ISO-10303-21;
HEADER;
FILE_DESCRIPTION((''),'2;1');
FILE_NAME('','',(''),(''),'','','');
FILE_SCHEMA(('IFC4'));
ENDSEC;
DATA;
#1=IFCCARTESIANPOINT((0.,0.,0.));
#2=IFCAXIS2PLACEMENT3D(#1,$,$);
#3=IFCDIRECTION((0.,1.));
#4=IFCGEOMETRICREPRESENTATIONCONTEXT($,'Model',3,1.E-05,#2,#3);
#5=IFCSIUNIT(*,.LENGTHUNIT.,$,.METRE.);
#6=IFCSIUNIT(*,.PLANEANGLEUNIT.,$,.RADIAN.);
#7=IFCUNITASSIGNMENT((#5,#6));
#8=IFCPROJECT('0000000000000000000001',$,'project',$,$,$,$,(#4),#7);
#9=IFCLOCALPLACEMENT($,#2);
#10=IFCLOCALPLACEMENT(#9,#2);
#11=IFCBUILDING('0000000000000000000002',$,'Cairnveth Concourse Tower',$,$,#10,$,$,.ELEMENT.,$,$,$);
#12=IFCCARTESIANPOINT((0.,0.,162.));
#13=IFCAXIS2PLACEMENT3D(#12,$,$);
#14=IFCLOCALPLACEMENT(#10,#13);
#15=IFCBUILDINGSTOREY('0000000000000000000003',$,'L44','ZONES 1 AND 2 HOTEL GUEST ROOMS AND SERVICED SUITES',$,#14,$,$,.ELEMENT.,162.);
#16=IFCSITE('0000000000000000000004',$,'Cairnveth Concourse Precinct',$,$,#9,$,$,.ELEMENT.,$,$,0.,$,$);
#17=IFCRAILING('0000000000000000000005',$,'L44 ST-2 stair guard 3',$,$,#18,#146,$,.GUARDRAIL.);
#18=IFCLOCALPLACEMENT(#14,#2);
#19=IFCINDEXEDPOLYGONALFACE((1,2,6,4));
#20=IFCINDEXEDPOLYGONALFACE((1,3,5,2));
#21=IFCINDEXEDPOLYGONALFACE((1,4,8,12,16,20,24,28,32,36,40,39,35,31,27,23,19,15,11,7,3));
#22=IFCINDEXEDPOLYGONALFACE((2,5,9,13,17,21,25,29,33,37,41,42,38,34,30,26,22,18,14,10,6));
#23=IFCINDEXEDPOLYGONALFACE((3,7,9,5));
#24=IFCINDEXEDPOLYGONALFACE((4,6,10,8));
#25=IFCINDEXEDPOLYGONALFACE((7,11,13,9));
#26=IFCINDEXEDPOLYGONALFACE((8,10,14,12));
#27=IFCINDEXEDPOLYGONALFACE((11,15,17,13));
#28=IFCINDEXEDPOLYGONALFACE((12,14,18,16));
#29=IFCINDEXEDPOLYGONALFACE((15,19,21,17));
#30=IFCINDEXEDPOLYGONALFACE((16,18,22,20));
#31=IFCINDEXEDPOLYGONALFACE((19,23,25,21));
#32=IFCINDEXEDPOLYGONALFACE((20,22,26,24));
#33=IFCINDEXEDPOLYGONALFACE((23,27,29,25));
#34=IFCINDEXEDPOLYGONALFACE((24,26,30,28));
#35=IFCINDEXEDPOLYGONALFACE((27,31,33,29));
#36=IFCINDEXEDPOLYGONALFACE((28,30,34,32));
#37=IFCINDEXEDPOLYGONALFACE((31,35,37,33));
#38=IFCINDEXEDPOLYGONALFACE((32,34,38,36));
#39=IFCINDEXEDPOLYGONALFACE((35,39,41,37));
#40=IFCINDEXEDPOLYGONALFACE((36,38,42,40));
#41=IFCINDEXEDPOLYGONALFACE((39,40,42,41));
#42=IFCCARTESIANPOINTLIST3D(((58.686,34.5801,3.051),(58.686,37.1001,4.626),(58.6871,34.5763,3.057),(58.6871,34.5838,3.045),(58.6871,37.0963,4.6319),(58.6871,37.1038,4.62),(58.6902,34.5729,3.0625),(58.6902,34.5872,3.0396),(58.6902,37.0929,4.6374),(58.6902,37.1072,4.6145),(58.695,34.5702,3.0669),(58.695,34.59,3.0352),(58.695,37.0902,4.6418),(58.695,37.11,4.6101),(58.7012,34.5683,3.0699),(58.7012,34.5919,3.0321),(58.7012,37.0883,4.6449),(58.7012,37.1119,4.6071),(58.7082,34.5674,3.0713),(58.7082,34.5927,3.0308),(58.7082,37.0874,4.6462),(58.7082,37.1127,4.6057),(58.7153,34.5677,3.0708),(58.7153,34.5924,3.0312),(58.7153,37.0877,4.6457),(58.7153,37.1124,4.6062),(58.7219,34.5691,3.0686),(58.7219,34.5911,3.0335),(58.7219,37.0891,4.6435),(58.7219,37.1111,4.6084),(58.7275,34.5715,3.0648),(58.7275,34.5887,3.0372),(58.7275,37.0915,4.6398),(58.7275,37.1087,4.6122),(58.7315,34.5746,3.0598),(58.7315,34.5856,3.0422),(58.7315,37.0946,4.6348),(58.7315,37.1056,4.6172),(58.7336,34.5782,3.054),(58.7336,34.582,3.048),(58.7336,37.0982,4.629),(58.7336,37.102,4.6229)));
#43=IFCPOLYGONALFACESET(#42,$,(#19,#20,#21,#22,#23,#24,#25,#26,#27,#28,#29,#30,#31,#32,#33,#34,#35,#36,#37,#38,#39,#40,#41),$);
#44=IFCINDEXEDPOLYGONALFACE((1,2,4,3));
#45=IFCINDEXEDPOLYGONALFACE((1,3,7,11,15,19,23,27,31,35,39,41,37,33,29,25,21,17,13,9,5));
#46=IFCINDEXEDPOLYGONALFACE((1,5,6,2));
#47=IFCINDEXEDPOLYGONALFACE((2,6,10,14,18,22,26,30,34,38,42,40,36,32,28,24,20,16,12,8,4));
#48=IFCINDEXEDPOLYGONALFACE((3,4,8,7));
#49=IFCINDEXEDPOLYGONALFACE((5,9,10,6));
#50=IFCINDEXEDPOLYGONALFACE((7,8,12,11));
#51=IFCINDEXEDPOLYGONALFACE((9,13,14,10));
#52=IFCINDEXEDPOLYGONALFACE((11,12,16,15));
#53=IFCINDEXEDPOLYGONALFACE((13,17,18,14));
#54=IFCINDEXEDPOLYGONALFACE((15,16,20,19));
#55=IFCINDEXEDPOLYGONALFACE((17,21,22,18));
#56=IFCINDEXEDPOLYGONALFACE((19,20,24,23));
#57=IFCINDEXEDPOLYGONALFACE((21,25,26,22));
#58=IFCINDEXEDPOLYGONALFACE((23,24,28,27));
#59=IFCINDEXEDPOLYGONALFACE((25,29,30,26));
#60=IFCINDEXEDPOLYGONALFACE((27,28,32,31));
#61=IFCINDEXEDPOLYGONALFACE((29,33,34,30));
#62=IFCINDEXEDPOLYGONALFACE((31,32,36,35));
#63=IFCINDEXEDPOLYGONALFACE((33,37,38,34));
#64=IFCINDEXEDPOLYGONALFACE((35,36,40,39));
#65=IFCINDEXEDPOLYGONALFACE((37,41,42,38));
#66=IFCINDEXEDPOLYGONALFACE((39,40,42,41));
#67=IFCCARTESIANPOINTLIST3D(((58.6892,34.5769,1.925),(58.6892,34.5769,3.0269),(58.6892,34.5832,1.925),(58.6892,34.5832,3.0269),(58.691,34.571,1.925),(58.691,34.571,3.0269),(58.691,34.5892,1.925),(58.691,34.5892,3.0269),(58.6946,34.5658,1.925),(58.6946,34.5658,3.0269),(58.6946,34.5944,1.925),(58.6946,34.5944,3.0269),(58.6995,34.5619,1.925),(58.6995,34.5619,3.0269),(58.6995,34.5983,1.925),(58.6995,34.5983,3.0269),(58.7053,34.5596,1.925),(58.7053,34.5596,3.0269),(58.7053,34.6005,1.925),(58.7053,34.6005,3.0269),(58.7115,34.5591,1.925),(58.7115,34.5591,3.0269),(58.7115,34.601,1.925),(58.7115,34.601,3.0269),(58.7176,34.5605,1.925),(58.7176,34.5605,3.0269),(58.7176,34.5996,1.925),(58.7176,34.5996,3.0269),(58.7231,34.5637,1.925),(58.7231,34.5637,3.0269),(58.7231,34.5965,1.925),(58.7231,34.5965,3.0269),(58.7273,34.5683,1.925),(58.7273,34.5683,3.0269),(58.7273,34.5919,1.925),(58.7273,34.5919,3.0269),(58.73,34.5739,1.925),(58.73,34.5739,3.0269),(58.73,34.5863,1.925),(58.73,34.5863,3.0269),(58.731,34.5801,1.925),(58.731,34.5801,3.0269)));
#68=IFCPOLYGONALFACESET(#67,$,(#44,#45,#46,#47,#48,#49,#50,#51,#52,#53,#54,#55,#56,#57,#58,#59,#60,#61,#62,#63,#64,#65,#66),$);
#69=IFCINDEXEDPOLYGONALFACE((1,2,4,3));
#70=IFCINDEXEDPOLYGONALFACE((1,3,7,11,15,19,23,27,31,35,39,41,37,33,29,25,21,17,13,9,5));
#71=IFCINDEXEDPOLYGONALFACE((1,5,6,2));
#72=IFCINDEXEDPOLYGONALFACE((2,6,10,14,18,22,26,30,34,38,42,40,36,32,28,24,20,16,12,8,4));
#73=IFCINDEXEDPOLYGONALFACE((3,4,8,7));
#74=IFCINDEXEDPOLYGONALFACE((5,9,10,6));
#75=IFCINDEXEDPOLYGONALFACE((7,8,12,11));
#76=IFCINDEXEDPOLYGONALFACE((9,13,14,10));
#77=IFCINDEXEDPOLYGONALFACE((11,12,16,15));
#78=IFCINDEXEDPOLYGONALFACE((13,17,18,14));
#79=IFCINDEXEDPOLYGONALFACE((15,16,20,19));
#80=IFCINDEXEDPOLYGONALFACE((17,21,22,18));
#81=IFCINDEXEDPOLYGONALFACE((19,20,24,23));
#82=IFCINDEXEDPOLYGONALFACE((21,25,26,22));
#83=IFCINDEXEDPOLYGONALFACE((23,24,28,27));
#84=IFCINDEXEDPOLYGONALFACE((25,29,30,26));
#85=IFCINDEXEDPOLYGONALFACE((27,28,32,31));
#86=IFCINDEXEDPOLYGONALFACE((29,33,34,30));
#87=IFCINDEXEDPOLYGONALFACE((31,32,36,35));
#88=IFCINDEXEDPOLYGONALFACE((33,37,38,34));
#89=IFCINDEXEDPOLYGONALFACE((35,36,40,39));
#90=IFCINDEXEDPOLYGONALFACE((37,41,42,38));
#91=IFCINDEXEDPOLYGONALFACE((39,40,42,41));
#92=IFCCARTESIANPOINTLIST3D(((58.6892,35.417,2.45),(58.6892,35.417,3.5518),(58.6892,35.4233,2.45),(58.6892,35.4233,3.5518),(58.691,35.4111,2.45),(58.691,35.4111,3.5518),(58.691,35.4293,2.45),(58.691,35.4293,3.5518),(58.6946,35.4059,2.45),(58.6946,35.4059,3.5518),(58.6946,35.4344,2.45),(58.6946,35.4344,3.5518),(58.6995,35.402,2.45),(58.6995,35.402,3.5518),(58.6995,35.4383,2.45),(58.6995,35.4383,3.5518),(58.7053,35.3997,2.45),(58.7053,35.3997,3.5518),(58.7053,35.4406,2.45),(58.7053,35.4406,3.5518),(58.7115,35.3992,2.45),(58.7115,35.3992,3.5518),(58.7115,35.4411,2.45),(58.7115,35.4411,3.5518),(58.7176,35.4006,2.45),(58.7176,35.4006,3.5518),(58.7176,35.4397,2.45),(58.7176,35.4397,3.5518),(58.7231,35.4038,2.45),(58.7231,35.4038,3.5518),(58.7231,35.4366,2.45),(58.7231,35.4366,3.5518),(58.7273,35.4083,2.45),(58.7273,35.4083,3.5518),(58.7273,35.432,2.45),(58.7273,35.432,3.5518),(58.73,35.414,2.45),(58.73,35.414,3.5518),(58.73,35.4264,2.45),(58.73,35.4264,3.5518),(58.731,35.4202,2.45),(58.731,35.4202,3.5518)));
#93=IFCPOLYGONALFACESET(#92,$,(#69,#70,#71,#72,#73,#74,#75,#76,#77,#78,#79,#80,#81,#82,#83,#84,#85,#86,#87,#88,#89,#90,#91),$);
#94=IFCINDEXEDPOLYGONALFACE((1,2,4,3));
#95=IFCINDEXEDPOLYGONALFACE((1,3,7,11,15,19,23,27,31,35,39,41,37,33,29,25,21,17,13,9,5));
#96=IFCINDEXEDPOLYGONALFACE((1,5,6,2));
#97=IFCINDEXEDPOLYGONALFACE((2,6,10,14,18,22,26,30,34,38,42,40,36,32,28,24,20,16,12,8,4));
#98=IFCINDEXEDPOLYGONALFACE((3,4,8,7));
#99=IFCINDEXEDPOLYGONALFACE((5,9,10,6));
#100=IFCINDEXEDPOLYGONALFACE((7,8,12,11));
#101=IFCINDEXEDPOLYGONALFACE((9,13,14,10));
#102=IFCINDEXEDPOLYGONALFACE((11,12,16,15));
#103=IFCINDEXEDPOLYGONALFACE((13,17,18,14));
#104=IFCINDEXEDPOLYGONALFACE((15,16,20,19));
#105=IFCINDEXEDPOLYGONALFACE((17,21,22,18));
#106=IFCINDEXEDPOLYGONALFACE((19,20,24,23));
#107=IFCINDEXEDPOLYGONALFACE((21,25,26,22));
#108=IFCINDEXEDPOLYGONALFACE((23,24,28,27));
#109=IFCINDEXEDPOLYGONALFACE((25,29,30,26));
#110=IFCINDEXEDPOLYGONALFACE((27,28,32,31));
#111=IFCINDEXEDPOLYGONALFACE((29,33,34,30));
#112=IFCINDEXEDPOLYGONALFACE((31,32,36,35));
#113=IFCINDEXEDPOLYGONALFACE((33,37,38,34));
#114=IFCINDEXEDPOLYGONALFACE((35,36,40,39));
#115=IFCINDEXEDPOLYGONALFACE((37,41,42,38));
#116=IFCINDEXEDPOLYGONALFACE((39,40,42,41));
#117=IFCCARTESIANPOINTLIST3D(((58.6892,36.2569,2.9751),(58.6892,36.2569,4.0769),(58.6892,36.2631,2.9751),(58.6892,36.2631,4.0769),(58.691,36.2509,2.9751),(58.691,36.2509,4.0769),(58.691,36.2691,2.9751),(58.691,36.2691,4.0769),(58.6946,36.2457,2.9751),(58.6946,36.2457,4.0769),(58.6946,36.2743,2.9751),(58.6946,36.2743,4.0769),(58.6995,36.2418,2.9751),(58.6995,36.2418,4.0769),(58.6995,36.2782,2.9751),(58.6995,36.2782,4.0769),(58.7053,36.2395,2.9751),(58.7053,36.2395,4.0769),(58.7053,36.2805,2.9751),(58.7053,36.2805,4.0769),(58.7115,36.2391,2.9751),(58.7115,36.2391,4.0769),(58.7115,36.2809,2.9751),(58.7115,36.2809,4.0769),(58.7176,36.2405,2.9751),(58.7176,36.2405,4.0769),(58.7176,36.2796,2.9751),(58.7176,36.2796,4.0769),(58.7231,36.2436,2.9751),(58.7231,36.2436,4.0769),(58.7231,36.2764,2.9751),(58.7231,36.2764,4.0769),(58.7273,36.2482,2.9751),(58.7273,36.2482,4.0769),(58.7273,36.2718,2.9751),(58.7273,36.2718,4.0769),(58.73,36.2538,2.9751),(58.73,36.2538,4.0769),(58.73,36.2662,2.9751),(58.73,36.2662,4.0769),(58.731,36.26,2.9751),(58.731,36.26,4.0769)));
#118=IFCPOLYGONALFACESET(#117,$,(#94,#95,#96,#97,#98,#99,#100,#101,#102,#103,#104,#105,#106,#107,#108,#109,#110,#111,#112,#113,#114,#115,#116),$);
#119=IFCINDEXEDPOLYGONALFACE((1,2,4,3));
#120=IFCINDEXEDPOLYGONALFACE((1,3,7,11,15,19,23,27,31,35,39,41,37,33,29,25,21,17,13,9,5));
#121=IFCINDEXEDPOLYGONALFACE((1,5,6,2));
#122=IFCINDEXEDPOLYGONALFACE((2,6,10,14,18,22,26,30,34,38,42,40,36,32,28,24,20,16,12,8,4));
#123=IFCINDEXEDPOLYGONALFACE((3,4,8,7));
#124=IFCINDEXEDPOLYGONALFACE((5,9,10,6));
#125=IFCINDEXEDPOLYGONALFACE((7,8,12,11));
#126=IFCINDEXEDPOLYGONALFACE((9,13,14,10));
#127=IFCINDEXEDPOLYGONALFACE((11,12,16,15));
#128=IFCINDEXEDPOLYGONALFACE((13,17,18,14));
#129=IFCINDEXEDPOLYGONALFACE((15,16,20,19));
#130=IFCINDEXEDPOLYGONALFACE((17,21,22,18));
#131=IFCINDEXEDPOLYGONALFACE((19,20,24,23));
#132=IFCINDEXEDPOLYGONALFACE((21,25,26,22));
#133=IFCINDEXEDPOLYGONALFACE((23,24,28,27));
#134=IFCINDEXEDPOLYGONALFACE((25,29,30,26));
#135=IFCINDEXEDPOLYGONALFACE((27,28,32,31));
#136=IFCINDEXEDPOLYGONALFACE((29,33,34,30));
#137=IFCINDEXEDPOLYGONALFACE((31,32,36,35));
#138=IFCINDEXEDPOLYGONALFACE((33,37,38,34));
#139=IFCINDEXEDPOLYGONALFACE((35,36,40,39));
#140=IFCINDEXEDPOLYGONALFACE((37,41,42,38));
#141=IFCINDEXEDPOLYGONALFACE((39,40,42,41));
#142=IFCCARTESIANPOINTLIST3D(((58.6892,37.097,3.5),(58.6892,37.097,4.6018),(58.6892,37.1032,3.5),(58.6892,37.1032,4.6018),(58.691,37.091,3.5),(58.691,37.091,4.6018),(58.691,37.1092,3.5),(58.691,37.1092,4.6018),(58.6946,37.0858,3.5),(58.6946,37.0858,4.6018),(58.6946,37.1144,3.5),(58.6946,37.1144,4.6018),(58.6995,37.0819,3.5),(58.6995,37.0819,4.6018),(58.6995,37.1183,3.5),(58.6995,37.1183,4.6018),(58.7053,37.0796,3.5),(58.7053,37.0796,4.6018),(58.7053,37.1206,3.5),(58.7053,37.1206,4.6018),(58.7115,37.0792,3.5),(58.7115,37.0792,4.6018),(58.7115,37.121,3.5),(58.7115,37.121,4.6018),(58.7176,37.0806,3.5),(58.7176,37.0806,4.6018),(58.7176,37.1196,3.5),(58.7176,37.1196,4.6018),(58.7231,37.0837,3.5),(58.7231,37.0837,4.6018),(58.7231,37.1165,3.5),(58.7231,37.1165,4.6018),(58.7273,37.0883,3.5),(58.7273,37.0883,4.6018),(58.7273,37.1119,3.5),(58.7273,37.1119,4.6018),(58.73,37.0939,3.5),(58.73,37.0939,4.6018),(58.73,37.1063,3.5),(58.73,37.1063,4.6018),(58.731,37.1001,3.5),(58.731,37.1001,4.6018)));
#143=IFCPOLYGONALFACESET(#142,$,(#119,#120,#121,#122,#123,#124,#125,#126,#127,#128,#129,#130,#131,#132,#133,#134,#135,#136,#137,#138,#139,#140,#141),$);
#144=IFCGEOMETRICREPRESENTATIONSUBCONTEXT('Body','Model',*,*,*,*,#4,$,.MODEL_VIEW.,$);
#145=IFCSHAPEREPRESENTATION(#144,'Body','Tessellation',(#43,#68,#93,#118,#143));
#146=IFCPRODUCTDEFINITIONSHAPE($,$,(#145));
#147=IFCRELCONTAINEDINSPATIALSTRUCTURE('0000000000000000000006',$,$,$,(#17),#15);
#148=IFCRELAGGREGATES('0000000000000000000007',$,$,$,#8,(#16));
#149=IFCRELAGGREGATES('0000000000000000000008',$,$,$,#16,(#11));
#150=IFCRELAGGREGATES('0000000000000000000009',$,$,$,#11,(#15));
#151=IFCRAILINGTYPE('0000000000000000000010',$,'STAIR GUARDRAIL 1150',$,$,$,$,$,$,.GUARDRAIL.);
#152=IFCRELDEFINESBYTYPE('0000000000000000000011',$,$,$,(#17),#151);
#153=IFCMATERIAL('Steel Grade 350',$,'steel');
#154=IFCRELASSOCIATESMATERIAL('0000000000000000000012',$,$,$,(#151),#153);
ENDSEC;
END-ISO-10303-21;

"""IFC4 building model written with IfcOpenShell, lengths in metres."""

from ifc_helpers import new_model, si_unit, direction, frame, origin, origin_2d, place, context, subcontext, project, spatial, circle, extrude, material, type_object, element, save


model = new_model("IFC4")

# Units and contexts
model_context = context("Model", 3, precision=1e-05, world=origin(), true_north=direction((0.0, 1.0)))
body_context = subcontext(model_context, "Body", "Model", "MODEL_VIEW")
ifc_project = project(units=[si_unit("LENGTHUNIT", "METRE"), si_unit("PLANEANGLEUNIT", "RADIAN")], contexts=[model_context])

# Site, building, storey
site_placement = place(None, origin())
site = spatial("IfcSite", under=ifc_project, at=site_placement, Name="Cairnveth Concourse Precinct", CompositionType="ELEMENT", RefElevation=0.0)
building_placement = place(site_placement, origin())
building = spatial("IfcBuilding", under=site, at=building_placement, Name="Cairnveth Concourse Tower", CompositionType="ELEMENT")
storey_placement = place(building_placement, frame((0.0, 0.0, 162.0)))
storey = spatial("IfcBuildingStorey", under=building, at=storey_placement, Name="L44", Description="ZONES 1 AND 2 HOTEL GUEST ROOMS AND SERVICED SUITES", CompositionType="ELEMENT", Elevation=162.0)

# Shared definitions
ifc_material_1 = material(Name="Steel Grade 350", Category="steel")

# Railing
railing_type_1 = type_object("IfcRailingType", Name="STAIR GUARDRAIL 1150", PredefinedType="GUARDRAIL", material=ifc_material_1)
railing_1_placement = place(storey_placement, frame((58.71, 34.5801, 1.925)))
element("IfcRailing", 1, at=railing_1_placement, inside=storey, type_object=railing_type_1, Name="L44 ST-2 stair guard 3", PredefinedType="GUARDRAIL", context=body_context, shape_type="SweptSolid", body=[
    extrude(circle(Radius=0.0239, at=origin_2d()), frame((0.0, 0.0, 1.126), z_axis=(0.0, 0.848008, 0.529984), x_axis=(-1.0, 0.0, 0.0)), (0.0, 0.0, 1.0), 2.9717),
    extrude(circle(Radius=0.021, at=origin_2d()), origin(), (0.0, 0.0, 1.0), 1.1018),
    extrude(circle(Radius=0.021, at=origin_2d()), frame((0.0, 0.8401, 0.5249)), (0.0, 0.0, 1.0), 1.1018),
    extrude(circle(Radius=0.021, at=origin_2d()), frame((0.0, 1.6799, 1.05)), (0.0, 0.0, 1.0), 1.1018),
    extrude(circle(Radius=0.021, at=origin_2d()), frame((0.0, 2.52, 1.575)), (0.0, 0.0, 1.0), 1.1018),
])

save(model, "model.ifc")
